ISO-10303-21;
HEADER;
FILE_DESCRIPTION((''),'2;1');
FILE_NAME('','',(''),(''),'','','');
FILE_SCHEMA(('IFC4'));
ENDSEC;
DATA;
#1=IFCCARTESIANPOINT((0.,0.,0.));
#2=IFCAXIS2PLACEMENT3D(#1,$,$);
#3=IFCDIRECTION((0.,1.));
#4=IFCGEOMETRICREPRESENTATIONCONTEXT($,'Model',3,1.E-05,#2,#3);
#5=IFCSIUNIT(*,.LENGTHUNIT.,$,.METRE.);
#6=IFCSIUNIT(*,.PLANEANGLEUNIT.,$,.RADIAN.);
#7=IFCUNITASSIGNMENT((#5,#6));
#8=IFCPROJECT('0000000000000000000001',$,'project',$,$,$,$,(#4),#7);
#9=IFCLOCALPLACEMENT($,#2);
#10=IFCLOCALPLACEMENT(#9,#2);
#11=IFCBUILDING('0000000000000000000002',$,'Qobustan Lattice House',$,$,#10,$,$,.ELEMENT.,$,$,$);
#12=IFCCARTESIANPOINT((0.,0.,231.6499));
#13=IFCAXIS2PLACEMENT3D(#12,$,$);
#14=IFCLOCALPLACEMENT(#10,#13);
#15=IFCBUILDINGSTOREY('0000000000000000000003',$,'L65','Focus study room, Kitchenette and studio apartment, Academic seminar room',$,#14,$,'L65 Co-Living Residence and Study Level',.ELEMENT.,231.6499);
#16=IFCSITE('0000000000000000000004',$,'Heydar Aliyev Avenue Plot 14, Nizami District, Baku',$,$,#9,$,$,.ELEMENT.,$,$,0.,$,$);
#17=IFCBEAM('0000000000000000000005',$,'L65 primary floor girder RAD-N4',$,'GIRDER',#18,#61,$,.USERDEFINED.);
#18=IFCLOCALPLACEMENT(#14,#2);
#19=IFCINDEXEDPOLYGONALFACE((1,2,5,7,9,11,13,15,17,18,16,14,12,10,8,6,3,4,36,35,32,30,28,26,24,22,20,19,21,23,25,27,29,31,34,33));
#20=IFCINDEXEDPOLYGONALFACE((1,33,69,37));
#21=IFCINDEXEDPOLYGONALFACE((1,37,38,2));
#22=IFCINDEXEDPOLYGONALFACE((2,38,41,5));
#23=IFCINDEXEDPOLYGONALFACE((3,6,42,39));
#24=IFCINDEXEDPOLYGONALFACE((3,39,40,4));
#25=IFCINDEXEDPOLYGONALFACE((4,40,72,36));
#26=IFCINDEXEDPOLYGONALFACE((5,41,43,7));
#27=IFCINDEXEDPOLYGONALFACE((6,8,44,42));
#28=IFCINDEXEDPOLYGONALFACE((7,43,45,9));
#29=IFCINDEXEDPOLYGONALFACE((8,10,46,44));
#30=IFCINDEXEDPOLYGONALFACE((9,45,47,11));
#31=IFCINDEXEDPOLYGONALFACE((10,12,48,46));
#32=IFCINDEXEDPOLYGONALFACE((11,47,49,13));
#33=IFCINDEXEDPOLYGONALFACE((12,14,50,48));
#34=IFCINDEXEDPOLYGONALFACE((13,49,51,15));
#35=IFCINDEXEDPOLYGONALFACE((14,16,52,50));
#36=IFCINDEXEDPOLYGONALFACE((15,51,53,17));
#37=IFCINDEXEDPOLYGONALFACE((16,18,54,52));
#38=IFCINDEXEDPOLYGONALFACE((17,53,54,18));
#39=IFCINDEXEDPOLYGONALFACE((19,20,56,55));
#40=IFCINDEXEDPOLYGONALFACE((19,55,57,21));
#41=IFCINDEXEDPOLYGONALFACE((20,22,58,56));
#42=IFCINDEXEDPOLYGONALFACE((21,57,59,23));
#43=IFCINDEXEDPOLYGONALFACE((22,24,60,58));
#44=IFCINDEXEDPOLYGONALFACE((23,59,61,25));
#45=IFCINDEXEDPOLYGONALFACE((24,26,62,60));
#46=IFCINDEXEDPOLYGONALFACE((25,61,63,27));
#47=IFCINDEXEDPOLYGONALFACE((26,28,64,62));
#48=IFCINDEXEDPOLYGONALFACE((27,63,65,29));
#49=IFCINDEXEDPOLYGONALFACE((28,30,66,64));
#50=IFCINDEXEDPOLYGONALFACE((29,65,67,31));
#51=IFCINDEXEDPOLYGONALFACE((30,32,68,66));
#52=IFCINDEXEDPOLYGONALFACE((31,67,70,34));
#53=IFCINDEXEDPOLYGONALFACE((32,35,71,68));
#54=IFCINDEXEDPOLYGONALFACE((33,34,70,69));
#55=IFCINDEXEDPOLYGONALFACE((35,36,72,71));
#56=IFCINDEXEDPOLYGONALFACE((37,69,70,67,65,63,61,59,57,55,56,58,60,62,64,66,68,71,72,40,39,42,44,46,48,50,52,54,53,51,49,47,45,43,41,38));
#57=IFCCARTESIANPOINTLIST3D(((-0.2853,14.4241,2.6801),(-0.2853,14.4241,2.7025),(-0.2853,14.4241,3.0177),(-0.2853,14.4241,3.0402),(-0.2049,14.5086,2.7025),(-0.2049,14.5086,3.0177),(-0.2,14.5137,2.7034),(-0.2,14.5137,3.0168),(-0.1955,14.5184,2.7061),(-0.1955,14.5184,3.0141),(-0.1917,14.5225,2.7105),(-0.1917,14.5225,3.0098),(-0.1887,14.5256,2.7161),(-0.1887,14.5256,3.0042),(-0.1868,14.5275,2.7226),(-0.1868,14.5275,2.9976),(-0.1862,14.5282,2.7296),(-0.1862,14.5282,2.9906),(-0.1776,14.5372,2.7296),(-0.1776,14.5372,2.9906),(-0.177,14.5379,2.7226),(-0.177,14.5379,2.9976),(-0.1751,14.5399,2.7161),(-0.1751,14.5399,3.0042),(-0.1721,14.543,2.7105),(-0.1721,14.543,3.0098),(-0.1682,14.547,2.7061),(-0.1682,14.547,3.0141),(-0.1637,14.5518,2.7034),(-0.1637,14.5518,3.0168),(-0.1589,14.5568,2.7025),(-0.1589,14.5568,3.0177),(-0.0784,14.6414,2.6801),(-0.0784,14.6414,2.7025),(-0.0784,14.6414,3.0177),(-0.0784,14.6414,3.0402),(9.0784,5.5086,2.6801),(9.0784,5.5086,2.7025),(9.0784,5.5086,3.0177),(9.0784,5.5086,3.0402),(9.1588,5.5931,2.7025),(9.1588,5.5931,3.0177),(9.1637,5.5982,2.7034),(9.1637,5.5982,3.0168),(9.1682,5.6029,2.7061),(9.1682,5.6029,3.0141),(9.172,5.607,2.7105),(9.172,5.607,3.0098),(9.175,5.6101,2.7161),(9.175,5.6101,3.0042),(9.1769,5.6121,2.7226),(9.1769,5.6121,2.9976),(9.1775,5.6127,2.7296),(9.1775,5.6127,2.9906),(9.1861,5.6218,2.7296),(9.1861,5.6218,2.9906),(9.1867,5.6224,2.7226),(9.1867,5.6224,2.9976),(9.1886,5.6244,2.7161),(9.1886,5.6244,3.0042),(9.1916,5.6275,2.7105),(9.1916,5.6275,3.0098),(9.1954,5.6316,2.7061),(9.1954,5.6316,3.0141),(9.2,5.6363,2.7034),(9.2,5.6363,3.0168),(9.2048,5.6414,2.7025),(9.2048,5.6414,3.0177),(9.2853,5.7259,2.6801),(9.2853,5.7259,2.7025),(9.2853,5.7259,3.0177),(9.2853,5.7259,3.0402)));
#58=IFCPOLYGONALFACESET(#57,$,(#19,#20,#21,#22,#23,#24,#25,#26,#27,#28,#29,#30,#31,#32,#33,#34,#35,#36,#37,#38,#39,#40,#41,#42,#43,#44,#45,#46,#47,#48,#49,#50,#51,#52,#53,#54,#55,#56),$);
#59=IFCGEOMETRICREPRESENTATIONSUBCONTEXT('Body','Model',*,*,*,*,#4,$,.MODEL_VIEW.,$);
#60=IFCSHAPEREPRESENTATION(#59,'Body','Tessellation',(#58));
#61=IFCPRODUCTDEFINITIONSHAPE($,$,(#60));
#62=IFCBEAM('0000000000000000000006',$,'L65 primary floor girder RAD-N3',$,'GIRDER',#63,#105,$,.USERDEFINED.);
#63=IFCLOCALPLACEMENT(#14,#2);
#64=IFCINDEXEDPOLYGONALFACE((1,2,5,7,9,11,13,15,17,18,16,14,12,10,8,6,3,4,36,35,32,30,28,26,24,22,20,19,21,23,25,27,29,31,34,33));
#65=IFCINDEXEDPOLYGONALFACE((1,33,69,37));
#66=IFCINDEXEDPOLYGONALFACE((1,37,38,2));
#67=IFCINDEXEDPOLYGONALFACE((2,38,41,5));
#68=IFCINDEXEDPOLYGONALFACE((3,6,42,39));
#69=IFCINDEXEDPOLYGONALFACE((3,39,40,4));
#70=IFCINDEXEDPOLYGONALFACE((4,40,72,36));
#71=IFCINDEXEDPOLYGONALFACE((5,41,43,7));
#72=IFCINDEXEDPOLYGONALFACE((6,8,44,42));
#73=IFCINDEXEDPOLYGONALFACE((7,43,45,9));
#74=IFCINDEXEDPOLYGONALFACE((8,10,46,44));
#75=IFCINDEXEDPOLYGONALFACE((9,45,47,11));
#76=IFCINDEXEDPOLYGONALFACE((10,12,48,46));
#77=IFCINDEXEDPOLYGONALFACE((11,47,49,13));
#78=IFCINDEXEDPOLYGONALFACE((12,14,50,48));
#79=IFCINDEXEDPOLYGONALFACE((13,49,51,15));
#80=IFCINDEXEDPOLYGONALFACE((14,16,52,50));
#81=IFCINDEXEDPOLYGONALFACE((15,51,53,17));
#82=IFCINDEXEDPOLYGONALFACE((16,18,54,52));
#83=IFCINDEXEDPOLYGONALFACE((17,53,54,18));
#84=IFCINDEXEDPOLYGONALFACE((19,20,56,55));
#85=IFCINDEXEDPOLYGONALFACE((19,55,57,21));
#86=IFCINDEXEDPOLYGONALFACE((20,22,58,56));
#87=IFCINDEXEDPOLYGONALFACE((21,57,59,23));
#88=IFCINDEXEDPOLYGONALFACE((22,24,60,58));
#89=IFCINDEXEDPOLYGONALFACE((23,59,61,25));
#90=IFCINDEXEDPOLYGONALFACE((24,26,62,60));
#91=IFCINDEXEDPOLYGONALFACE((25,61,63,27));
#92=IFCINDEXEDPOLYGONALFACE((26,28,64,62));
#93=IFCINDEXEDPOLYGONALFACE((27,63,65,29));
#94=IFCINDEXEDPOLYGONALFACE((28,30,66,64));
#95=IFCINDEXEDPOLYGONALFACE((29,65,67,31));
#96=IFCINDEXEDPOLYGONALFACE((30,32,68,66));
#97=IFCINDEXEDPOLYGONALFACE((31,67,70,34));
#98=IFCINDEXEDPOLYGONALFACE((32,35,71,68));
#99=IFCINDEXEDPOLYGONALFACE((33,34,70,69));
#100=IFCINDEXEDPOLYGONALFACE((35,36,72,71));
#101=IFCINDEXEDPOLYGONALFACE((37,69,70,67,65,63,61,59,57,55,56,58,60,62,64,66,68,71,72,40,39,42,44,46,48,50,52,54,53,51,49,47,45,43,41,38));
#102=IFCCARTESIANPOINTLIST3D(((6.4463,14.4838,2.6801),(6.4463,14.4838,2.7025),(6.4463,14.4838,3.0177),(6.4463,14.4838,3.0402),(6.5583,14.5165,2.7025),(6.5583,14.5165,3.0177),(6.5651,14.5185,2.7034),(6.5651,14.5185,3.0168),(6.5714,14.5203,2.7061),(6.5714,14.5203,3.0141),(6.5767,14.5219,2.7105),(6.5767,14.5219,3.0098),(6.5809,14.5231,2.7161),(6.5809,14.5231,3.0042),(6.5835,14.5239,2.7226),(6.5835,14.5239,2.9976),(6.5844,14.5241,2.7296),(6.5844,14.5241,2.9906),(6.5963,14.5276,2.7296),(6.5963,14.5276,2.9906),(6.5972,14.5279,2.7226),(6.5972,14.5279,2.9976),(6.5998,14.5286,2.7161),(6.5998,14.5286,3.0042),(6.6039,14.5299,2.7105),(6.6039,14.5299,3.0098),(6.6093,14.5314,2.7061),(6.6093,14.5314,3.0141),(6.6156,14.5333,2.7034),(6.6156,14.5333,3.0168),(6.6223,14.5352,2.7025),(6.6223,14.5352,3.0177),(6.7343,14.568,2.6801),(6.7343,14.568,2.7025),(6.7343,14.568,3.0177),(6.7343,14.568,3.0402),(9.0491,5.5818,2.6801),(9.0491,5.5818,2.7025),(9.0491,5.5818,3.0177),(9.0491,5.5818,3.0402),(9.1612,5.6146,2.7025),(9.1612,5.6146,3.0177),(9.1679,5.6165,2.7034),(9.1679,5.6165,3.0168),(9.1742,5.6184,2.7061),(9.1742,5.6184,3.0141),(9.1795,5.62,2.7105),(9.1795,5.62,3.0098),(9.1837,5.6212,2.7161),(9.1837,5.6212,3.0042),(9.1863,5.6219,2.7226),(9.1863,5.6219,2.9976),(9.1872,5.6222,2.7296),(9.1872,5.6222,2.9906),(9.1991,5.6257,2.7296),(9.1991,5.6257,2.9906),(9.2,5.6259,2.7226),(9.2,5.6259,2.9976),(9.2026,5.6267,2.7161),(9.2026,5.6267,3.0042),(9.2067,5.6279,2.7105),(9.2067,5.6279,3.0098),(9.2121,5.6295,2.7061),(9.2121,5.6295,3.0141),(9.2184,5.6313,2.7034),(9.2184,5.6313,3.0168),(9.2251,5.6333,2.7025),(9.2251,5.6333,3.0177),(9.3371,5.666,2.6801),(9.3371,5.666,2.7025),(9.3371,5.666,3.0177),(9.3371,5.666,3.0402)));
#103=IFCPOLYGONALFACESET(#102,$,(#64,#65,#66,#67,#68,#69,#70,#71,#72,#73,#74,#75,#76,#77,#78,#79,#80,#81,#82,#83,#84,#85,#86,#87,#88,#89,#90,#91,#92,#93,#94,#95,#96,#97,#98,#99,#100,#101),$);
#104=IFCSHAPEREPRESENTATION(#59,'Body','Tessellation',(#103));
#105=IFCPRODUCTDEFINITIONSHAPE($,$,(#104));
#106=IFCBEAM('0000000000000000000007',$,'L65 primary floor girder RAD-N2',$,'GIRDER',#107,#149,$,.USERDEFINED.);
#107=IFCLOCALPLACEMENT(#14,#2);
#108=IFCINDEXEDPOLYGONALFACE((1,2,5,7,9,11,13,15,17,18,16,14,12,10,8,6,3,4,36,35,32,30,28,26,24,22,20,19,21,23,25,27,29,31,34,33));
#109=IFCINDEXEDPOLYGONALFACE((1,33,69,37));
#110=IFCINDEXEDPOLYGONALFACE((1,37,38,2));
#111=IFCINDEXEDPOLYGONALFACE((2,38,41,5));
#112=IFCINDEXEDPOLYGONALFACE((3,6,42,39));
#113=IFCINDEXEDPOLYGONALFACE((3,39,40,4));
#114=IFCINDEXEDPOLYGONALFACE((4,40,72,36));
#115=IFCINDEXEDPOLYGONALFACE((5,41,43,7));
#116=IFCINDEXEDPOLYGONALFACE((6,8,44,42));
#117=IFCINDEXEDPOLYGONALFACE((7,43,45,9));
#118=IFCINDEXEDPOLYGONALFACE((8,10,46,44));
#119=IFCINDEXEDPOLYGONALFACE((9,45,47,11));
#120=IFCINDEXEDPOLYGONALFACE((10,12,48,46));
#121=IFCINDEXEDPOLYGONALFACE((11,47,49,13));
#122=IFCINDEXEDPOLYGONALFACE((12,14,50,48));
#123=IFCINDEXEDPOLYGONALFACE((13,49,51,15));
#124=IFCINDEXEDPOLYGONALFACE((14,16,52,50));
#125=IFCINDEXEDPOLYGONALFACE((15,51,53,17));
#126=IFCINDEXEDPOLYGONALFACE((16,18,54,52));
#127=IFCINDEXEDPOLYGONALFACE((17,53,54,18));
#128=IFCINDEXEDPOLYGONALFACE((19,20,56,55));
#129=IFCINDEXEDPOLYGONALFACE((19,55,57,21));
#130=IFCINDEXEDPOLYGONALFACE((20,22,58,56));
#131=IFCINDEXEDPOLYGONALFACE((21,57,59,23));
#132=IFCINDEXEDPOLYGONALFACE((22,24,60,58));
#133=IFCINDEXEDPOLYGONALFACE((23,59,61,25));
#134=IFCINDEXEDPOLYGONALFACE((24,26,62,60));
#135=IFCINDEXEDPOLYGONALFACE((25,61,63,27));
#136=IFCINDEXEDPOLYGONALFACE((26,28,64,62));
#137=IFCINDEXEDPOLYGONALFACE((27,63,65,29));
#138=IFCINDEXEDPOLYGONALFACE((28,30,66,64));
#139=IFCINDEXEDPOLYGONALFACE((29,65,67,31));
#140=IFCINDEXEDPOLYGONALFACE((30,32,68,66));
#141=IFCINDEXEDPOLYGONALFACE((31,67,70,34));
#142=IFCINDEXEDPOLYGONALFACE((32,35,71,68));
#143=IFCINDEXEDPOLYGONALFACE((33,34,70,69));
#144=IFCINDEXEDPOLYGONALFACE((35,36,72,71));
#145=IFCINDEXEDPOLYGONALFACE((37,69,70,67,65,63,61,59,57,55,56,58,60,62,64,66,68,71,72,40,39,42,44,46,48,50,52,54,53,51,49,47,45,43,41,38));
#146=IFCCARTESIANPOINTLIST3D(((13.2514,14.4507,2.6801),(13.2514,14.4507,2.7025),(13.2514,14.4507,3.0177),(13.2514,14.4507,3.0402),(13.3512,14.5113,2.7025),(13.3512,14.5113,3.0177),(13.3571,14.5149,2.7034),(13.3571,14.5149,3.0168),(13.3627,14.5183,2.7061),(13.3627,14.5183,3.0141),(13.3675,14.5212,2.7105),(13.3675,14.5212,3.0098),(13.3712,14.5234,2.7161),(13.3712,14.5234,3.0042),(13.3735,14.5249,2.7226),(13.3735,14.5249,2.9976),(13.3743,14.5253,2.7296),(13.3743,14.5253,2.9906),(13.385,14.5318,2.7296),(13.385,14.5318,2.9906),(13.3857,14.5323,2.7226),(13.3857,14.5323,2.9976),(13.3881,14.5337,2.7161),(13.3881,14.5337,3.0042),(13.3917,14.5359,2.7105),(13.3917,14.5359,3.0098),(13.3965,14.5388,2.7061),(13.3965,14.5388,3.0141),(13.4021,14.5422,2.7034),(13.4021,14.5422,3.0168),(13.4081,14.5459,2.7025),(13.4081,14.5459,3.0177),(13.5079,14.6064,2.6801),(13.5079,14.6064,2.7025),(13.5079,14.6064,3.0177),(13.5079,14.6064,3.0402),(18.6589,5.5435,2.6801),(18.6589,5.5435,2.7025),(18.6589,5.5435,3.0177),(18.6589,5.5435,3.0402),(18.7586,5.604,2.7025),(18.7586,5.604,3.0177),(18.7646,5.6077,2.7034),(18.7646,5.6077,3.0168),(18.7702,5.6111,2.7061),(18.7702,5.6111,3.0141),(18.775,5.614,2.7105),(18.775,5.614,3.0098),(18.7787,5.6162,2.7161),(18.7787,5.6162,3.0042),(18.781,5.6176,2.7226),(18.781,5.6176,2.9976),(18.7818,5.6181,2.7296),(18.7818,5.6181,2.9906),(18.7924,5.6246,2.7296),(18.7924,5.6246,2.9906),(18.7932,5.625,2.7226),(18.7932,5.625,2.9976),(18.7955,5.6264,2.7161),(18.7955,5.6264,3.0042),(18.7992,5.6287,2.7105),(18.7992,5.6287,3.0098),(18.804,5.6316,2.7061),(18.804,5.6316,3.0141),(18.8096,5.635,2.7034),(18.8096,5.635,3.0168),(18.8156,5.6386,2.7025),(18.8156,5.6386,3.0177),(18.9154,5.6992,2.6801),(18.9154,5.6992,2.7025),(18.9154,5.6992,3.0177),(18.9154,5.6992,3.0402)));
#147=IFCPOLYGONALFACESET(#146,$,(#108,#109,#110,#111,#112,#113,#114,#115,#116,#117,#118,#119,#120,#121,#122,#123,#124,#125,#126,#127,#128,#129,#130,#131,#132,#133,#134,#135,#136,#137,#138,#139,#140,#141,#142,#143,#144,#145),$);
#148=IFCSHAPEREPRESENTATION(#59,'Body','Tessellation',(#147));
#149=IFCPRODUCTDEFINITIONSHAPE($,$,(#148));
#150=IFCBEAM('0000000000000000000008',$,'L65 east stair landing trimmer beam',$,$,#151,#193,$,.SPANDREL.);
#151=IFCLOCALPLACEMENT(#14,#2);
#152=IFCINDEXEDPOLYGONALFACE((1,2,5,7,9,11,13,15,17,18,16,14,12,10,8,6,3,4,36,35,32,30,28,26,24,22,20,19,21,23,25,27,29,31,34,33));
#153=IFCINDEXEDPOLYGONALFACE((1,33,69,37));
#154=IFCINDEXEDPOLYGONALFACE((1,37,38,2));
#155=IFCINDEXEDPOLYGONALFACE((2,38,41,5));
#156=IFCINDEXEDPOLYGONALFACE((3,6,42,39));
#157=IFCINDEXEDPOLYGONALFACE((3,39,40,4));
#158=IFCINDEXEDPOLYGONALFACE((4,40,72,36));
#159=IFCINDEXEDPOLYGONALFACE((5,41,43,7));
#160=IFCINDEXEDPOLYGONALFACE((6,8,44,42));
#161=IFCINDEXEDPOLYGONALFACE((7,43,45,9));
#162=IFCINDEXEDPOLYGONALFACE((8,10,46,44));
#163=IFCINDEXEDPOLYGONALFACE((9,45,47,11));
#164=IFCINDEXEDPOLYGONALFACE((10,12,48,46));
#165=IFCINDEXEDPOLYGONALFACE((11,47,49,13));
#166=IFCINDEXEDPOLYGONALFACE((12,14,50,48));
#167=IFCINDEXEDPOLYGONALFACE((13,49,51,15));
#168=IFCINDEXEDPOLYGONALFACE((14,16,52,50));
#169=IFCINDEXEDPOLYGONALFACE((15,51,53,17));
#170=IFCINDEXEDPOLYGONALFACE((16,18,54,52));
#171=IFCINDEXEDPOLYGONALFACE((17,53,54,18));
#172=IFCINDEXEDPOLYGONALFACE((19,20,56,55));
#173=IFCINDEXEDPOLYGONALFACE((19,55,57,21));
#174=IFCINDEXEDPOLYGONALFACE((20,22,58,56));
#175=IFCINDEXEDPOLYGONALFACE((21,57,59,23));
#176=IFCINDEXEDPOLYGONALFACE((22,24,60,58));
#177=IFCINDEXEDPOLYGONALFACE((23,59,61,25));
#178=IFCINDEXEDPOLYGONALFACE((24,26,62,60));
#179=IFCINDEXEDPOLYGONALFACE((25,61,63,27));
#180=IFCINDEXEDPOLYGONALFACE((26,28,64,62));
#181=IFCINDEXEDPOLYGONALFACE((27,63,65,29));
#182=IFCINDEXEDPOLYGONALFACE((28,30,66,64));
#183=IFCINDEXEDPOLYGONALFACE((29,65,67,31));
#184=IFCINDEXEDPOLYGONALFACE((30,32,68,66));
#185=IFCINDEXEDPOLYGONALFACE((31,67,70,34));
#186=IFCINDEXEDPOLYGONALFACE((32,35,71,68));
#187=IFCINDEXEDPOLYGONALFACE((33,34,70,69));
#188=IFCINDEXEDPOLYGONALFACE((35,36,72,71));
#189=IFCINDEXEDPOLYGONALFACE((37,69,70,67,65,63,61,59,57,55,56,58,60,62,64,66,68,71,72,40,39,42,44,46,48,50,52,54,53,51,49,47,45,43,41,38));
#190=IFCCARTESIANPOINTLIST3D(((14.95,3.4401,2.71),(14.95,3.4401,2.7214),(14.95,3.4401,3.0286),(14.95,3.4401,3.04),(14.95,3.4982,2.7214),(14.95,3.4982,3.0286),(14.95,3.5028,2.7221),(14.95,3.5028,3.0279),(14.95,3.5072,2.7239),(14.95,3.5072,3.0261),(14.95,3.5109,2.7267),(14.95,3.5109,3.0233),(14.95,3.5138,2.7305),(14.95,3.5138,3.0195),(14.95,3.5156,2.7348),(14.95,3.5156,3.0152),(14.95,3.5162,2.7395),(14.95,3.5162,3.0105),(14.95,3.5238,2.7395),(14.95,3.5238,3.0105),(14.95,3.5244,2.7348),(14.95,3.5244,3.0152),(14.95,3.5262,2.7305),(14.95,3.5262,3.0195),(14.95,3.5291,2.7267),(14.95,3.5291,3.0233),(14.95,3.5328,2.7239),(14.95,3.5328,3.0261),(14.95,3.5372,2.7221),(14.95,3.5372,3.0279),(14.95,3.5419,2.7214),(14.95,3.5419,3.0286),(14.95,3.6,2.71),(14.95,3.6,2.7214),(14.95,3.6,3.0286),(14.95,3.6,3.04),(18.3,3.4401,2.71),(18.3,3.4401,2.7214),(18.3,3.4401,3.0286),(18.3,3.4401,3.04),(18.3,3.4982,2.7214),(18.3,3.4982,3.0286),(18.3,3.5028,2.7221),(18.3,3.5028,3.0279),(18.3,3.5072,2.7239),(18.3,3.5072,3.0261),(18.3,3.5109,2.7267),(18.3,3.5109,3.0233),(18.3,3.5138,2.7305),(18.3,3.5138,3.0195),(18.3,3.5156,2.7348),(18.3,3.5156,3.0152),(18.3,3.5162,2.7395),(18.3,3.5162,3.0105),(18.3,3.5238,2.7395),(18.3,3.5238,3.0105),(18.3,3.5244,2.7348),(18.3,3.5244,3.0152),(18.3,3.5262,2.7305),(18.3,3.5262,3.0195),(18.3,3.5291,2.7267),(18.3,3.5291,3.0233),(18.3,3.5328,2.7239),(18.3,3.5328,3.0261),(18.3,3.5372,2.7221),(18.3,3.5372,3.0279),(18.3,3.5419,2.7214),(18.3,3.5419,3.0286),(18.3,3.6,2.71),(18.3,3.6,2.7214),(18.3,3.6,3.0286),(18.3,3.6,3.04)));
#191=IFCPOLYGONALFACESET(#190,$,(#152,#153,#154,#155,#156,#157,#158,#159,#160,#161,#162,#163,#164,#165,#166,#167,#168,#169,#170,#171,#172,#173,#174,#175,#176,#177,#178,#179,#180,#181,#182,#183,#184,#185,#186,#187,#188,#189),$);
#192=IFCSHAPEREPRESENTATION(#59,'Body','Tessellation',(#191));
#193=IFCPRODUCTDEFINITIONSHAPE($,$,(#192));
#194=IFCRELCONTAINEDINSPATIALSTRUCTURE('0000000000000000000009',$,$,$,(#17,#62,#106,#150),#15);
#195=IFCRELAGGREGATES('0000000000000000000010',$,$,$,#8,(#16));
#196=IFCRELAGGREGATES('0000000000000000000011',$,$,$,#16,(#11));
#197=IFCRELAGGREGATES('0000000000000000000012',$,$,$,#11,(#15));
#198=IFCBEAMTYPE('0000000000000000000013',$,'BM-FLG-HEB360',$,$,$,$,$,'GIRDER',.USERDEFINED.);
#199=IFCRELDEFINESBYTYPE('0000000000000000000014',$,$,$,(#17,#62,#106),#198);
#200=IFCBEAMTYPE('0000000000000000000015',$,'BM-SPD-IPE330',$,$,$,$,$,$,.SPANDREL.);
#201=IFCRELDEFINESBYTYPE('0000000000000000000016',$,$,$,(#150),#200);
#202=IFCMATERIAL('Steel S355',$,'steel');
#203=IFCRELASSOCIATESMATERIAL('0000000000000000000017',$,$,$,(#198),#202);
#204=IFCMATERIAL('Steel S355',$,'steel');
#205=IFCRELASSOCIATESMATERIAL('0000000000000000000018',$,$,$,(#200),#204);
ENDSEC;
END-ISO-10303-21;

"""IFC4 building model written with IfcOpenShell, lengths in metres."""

from ifc_helpers import new_model, si_unit, direction, frame, origin, origin_2d, place, context, subcontext, project, spatial, i_section, extrude, material, material_profile, profile_set, type_object, element, save


model = new_model("IFC4")

# Units and contexts
model_context = context("Model", 3, precision=1e-05, world=origin(), true_north=direction((0.0, 1.0)))
body_context = subcontext(model_context, "Body", "Model", "MODEL_VIEW")
ifc_project = project(units=[si_unit("LENGTHUNIT", "METRE"), si_unit("PLANEANGLEUNIT", "RADIAN")], contexts=[model_context])

# Site, building, storey
site_placement = place(None, origin())
site = spatial("IfcSite", under=ifc_project, at=site_placement, Name="Heydar Aliyev Avenue Plot 14, Nizami District, Baku", CompositionType="ELEMENT", RefElevation=0.0)
building_placement = place(site_placement, origin())
building = spatial("IfcBuilding", under=site, at=building_placement, Name="Qobustan Lattice House", CompositionType="ELEMENT")
storey_placement = place(building_placement, frame((0.0, 0.0, 231.6499)))
storey = spatial("IfcBuildingStorey", under=building, at=storey_placement, Name="L65", Description="Focus study room, Kitchenette and studio apartment, Academic seminar room", LongName="L65 Co-Living Residence and Study Level", CompositionType="ELEMENT", Elevation=231.6499)

# Beams
ifc_material_1 = material(Name="Steel S355", Category="steel")
ifc_material_profile_1 = material_profile(ifc_material_1, i_section(OverallWidth=0.3, OverallDepth=0.3601, WebThickness=0.0125, FlangeThickness=0.0225, FilletRadius=0.0271, at=origin_2d()), Name="HEB360")
ifc_profile_set_1 = profile_set([ifc_material_profile_1], Name="Steel S355")
beam_type_1 = type_object("IfcBeamType", Name="BM-FLG-HEB360", ElementType="GIRDER", PredefinedType="USERDEFINED", material=ifc_profile_set_1)
beam_1_placement = place(storey_placement, frame((-0.1819, 14.5327, 2.8601), z_axis=(0.724229, -0.68956, 0.0), x_axis=(0.68956, 0.724229, 0.0)))
element("IfcBeam", 1, at=beam_1_placement, inside=storey, type_object=beam_type_1, Name="L65 primary floor girder RAD-N4", ObjectType="GIRDER", PredefinedType="USERDEFINED", context=body_context, shape_type="SweptSolid", body=[
    extrude(i_section(OverallWidth=0.3, OverallDepth=0.3601, WebThickness=0.0125, FlangeThickness=0.0225, FilletRadius=0.0271, at=origin_2d()), origin(), (0.0, 0.0, 1.0), 12.9292),
])
beam_2_placement = place(storey_placement, frame((6.5903, 14.5259, 2.8601), z_axis=(0.280637, -0.959814, 0.0), x_axis=(0.959814, 0.280637, 0.0)))
element("IfcBeam", 2, at=beam_2_placement, inside=storey, type_object=beam_type_1, Name="L65 primary floor girder RAD-N3", ObjectType="GIRDER", PredefinedType="USERDEFINED", context=body_context, shape_type="SweptSolid", body=[
    extrude(i_section(OverallWidth=0.3, OverallDepth=0.3601, WebThickness=0.0125, FlangeThickness=0.0225, FilletRadius=0.0271, at=origin_2d()), origin(), (0.0, 0.0, 1.0), 9.2747),
])
beam_3_placement = place(storey_placement, frame((13.3796, 14.5286, 2.8601), z_axis=(0.518944, -0.854808, 0.0), x_axis=(0.854808, 0.518944, 0.0)))
element("IfcBeam", 3, at=beam_3_placement, inside=storey, type_object=beam_type_1, Name="L65 primary floor girder RAD-N2", ObjectType="GIRDER", PredefinedType="USERDEFINED", context=body_context, shape_type="SweptSolid", body=[
    extrude(i_section(OverallWidth=0.3, OverallDepth=0.3601, WebThickness=0.0125, FlangeThickness=0.0225, FilletRadius=0.0271, at=origin_2d()), origin(), (0.0, 0.0, 1.0), 10.4202),
])
ifc_material_2 = material(Name="Steel S355", Category="steel")
ifc_material_profile_2 = material_profile(ifc_material_2, i_section(OverallWidth=0.1599, OverallDepth=0.3301, WebThickness=0.0076, FlangeThickness=0.0115, FilletRadius=0.0181, at=origin_2d()), Name="IPE330")
ifc_profile_set_2 = profile_set([ifc_material_profile_2], Name="Steel S355")
beam_type_2 = type_object("IfcBeamType", Name="BM-SPD-IPE330", PredefinedType="SPANDREL", material=ifc_profile_set_2)
beam_4_placement = place(storey_placement, frame((14.95, 3.52, 2.875), z_axis=(1.0, 0.0, 0.0), x_axis=(0.0, 1.0, 0.0)))
element("IfcBeam", 4, at=beam_4_placement, inside=storey, type_object=beam_type_2, Name="L65 east stair landing trimmer beam", PredefinedType="SPANDREL", context=body_context, shape_type="SweptSolid", body=[
    extrude(i_section(OverallWidth=0.1599, OverallDepth=0.3301, WebThickness=0.0076, FlangeThickness=0.0115, FilletRadius=0.0181, at=origin_2d()), origin(), (0.0, 0.0, 1.0), 3.3501),
])

save(model, "model.ifc")
